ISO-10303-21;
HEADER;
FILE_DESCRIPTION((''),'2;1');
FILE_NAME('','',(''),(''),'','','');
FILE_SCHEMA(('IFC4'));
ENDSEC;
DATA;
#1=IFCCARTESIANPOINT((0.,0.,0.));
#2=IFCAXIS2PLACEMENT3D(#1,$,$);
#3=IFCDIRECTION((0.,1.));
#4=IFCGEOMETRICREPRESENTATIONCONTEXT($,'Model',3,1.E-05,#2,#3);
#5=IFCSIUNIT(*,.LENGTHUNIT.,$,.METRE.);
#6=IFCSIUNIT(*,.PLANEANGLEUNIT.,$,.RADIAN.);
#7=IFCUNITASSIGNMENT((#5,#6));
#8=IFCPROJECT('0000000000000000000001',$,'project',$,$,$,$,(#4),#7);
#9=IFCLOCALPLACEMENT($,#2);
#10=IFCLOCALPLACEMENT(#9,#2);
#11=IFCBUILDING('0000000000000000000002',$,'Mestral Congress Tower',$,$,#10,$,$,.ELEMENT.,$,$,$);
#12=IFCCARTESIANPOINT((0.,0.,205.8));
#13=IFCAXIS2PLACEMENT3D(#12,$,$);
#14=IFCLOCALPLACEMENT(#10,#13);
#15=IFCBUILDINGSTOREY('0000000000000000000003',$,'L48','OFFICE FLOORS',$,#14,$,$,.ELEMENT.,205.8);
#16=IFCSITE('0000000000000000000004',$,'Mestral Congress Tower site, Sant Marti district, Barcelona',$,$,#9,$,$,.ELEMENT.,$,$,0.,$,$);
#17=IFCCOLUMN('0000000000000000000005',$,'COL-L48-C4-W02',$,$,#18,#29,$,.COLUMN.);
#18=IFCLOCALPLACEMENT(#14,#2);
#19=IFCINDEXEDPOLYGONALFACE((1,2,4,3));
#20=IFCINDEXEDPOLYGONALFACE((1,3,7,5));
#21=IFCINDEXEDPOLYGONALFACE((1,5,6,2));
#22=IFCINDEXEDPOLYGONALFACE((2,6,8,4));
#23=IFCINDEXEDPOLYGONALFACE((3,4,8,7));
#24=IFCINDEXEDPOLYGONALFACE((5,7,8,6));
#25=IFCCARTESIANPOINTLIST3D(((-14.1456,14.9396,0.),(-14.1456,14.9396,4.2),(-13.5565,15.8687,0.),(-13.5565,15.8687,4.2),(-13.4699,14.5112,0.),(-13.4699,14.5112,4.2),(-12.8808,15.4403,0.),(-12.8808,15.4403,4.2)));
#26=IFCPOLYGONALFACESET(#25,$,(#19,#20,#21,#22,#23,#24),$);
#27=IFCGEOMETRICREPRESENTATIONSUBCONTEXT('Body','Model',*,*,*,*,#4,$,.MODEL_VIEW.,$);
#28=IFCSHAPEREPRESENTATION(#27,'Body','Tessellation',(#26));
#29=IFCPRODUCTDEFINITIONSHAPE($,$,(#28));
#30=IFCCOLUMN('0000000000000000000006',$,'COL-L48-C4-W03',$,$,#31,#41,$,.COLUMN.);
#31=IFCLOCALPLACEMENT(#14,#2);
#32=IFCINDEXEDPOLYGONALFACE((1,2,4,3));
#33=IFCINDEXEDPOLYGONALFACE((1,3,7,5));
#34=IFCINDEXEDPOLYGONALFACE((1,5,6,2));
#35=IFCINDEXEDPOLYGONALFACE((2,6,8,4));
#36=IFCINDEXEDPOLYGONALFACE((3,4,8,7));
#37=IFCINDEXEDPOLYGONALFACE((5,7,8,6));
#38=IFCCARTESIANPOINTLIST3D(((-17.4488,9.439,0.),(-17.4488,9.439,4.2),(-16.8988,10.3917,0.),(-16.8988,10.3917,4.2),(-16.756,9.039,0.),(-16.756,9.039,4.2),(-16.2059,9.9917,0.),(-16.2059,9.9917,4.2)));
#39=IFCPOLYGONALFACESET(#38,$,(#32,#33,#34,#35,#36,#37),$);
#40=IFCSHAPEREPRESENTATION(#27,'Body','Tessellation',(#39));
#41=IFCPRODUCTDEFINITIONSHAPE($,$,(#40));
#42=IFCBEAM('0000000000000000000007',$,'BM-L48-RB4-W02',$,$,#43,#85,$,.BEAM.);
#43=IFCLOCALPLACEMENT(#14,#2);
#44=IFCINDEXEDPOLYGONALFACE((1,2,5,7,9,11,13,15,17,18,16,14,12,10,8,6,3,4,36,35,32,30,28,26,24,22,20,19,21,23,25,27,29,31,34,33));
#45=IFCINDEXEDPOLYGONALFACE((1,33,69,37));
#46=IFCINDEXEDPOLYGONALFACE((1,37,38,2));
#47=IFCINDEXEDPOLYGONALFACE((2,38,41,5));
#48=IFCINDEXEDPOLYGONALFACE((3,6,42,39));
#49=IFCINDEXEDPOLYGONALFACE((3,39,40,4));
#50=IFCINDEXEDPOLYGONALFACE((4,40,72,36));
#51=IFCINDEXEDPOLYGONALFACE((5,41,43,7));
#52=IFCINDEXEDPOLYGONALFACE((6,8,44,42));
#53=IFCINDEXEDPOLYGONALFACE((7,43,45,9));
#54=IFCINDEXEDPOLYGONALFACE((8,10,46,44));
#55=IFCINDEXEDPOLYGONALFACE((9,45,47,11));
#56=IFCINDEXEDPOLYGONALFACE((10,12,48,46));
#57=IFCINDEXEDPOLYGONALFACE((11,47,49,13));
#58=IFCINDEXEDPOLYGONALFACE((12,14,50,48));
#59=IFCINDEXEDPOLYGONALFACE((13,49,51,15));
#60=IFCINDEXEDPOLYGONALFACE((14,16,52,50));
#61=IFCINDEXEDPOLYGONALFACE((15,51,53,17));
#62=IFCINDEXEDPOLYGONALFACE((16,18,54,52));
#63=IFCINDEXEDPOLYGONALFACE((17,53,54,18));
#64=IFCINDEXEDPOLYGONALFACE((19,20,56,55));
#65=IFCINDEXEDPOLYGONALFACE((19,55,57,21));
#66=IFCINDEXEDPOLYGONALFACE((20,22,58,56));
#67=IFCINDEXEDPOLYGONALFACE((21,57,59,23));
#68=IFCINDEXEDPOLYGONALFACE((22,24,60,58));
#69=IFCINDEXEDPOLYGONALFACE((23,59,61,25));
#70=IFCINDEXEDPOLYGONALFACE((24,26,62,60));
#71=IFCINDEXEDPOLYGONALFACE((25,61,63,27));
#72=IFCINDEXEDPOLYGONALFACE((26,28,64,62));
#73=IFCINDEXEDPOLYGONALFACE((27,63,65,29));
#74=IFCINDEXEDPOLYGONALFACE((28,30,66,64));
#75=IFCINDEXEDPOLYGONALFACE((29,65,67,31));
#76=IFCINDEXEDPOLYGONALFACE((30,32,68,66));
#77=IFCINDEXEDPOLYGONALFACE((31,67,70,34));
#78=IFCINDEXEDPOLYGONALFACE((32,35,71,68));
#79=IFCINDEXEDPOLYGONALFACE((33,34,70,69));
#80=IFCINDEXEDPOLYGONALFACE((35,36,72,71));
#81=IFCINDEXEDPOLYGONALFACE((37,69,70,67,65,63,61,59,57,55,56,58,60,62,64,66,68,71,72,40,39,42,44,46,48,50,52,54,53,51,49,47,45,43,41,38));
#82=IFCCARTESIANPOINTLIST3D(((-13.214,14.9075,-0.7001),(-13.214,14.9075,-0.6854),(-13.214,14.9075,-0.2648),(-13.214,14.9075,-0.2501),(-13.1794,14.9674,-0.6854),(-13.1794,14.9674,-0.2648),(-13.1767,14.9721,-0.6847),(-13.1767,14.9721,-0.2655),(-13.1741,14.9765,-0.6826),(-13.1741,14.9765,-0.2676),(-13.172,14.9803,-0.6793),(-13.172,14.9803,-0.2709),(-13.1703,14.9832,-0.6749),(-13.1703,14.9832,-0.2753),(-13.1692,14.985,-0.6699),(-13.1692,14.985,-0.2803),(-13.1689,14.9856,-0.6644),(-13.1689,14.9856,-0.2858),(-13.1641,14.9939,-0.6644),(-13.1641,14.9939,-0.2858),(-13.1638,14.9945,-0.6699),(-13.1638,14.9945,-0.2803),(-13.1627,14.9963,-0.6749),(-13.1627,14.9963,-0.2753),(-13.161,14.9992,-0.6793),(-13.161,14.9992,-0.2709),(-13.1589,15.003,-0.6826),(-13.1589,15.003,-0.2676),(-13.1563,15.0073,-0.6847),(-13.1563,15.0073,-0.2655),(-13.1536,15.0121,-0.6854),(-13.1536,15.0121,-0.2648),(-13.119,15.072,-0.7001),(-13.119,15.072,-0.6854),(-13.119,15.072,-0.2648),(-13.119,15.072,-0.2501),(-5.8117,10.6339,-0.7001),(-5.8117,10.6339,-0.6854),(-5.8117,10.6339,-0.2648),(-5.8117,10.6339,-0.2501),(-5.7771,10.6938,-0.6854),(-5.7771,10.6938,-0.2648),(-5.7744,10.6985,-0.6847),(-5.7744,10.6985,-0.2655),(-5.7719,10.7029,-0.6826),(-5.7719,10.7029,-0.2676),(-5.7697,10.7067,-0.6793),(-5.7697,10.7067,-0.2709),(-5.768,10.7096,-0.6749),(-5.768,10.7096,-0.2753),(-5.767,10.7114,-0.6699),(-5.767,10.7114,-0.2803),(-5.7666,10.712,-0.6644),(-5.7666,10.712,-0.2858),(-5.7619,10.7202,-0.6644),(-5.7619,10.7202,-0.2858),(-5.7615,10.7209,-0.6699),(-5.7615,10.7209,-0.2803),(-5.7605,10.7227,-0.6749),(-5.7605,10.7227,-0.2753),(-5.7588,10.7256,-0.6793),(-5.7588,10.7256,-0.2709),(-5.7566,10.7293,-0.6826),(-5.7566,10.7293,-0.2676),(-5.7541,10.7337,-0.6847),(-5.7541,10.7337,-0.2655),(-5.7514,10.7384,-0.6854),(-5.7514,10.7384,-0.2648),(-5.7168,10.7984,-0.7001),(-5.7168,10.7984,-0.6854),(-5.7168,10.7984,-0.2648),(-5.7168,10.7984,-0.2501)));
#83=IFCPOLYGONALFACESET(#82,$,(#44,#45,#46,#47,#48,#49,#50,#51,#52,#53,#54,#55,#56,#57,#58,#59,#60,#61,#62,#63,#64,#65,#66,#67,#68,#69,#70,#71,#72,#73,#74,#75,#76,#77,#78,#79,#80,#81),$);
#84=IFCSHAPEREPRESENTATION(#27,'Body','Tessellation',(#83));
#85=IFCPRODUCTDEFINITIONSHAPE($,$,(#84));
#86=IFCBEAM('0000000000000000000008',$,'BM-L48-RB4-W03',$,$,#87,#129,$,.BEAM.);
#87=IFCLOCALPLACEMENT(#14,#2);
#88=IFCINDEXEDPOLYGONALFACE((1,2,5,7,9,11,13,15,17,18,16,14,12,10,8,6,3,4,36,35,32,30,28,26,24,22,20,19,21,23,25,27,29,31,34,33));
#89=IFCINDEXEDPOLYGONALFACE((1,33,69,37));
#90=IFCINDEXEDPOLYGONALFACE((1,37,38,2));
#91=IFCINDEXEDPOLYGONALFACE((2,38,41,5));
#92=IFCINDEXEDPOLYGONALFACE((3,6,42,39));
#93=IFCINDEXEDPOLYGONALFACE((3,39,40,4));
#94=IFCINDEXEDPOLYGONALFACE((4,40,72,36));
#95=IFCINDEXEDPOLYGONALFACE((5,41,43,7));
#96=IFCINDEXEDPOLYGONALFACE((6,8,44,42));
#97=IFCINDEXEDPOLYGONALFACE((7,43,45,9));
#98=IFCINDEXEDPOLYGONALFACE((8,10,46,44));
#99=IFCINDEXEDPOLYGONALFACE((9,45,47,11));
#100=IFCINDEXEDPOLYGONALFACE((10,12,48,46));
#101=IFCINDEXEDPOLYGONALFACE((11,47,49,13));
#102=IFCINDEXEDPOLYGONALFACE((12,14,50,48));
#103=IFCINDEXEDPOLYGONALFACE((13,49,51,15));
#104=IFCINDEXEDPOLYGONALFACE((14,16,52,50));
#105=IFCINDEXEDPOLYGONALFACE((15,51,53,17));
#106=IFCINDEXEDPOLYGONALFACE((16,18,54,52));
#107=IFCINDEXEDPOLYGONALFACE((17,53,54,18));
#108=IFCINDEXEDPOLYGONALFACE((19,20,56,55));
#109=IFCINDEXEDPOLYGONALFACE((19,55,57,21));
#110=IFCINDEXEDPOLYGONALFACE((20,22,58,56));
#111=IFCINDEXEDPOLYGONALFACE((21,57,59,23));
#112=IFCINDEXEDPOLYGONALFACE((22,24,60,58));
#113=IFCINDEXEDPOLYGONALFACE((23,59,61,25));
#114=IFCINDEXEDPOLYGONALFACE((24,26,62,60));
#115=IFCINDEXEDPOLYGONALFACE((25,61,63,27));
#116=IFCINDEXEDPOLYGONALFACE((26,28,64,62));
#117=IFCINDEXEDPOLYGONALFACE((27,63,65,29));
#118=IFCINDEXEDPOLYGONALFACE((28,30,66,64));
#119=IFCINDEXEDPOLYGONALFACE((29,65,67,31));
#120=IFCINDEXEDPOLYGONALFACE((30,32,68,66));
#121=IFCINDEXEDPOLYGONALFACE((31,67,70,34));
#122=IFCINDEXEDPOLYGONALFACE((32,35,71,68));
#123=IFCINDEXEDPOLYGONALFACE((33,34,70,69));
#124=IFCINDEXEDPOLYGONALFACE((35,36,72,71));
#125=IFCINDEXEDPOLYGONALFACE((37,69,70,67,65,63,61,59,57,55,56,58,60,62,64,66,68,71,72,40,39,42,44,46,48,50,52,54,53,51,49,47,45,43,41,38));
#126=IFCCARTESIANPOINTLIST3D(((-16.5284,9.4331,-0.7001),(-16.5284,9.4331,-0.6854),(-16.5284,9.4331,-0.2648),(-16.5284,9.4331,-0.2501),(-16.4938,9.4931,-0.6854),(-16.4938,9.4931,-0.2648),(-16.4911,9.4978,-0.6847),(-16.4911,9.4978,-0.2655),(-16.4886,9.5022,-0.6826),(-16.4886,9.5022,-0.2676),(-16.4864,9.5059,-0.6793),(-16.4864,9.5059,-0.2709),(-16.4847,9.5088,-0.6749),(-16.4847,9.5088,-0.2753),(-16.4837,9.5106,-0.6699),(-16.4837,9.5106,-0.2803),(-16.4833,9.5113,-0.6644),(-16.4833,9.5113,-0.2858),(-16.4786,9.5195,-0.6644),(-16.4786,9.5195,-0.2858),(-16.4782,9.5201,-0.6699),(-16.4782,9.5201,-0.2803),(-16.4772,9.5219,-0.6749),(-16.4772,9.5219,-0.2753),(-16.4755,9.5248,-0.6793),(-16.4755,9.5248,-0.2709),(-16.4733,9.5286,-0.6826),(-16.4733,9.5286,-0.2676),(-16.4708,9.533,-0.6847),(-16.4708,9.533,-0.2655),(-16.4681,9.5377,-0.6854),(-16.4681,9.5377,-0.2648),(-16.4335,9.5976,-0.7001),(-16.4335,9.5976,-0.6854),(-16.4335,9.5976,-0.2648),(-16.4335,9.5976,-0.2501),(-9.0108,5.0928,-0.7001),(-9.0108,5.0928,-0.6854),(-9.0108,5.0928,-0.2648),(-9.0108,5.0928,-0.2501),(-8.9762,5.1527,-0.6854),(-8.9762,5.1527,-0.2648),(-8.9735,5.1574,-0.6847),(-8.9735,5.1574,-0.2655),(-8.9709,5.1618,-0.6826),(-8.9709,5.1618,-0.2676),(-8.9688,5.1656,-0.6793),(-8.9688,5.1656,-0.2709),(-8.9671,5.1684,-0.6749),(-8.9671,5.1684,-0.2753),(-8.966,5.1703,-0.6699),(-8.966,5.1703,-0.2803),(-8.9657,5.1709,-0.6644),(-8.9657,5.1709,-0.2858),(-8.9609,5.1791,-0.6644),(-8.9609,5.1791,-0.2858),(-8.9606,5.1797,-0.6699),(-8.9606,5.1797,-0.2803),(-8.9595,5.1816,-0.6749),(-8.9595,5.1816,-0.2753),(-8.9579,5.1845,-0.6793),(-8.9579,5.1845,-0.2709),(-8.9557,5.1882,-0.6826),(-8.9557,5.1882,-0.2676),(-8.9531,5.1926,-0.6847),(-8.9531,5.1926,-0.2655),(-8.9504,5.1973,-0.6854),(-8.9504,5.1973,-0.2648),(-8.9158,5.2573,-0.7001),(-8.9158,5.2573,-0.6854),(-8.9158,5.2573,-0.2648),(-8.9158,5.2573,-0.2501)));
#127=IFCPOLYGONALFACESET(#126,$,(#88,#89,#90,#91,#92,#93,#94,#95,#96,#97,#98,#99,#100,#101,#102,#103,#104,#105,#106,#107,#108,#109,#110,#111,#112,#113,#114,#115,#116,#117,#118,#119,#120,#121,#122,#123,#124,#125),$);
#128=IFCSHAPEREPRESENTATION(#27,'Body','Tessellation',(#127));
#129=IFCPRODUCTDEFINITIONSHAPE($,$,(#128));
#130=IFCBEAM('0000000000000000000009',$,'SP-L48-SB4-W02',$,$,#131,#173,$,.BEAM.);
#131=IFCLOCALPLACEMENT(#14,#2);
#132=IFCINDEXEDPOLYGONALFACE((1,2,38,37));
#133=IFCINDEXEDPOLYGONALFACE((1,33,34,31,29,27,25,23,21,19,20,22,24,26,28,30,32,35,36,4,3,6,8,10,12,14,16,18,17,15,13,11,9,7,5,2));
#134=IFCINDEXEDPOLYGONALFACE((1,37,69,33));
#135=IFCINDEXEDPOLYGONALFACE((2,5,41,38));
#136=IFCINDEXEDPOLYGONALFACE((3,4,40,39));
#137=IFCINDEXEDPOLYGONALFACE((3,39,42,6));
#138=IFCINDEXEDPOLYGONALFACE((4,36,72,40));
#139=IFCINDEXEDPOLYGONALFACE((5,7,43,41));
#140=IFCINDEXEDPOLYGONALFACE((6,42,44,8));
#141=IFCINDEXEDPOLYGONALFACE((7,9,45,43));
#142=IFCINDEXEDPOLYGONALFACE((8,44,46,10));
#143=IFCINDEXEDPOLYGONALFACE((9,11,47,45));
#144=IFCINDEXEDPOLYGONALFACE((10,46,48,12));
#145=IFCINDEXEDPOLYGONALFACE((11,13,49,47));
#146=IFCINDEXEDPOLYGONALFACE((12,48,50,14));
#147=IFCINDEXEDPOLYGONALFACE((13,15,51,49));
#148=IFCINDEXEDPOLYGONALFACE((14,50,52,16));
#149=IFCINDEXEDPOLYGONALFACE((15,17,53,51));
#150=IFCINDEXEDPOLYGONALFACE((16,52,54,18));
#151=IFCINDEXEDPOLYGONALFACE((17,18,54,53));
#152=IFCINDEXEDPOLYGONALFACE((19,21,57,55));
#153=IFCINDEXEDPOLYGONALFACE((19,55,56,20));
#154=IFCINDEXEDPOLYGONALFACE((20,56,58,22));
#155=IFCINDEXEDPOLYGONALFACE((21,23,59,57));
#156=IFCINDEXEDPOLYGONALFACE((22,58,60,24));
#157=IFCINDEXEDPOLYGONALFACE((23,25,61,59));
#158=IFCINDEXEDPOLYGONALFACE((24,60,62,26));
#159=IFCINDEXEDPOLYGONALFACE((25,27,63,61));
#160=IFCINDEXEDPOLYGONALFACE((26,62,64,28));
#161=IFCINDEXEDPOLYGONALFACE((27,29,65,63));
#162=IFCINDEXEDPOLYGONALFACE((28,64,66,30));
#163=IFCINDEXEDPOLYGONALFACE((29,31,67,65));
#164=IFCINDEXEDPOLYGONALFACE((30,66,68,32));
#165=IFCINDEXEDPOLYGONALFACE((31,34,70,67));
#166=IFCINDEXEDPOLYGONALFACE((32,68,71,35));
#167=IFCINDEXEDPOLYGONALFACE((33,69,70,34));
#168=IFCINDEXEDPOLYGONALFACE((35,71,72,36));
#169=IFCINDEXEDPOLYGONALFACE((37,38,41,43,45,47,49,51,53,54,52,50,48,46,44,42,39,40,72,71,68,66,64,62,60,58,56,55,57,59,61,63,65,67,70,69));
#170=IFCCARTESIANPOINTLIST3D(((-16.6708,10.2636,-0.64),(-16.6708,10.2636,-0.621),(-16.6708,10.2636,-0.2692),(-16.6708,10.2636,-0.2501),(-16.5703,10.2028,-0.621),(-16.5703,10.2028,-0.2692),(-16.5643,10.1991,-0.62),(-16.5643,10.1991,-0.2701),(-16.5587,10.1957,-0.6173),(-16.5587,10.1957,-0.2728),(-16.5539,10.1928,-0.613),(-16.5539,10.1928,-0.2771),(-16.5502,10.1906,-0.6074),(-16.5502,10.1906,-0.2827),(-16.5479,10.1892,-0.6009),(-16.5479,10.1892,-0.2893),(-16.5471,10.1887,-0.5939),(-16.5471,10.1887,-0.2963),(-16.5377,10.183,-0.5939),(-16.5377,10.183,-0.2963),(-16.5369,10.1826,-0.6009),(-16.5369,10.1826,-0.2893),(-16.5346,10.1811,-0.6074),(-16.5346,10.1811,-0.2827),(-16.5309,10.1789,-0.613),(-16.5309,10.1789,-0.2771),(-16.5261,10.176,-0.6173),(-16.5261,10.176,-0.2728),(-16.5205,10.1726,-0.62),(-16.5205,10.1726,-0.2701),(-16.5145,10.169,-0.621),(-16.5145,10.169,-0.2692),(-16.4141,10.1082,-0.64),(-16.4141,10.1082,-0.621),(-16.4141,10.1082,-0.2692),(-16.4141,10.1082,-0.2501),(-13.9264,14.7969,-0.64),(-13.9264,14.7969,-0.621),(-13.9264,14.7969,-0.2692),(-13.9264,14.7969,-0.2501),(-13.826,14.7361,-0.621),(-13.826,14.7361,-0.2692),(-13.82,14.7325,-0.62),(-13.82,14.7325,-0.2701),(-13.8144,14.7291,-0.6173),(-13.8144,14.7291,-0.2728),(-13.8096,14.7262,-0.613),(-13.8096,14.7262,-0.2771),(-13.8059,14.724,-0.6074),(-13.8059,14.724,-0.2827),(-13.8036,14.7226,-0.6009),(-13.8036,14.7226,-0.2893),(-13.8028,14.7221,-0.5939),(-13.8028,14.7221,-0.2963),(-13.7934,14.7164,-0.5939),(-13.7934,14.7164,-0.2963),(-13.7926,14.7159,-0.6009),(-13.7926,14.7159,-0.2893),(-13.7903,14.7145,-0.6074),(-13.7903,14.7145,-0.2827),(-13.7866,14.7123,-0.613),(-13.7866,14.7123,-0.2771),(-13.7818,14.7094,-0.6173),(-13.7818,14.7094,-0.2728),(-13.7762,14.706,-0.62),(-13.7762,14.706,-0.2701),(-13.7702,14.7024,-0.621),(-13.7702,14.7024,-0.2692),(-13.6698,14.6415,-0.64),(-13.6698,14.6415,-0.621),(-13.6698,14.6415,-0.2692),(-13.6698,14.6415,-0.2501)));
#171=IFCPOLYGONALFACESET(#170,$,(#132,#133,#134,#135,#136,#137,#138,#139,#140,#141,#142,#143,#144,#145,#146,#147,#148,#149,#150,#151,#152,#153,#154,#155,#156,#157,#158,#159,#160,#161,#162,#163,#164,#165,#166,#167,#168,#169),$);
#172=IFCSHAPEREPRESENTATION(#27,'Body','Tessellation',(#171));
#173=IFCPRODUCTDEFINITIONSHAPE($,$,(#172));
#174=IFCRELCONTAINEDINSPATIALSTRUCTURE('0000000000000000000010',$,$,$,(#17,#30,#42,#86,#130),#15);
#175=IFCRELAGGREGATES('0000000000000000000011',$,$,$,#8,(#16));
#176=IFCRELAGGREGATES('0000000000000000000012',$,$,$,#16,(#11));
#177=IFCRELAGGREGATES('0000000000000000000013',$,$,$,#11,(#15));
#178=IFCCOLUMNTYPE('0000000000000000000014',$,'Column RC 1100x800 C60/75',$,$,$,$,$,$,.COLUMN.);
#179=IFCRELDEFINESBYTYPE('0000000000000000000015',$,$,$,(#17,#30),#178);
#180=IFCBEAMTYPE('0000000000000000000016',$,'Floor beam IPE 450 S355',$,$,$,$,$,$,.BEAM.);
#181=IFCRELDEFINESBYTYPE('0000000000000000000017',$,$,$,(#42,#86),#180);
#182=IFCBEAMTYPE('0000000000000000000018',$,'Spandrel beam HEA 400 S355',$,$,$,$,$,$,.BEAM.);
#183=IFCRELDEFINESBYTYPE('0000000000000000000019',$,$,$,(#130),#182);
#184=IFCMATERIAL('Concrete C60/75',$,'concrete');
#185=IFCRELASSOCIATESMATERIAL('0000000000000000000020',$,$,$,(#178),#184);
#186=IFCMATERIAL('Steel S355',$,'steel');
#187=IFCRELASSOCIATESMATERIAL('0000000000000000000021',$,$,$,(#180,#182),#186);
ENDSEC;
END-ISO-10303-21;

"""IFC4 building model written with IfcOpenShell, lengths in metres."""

from ifc_helpers import new_model, si_unit, direction, frame, origin, origin_2d, place, context, subcontext, project, spatial, rectangle, i_section, extrude, material, material_profile, profile_set, type_object, element, save


model = new_model("IFC4")

# Units and contexts
model_context = context("Model", 3, precision=1e-05, world=origin(), true_north=direction((0.0, 1.0)))
body_context = subcontext(model_context, "Body", "Model", "MODEL_VIEW")
ifc_project = project(units=[si_unit("LENGTHUNIT", "METRE"), si_unit("PLANEANGLEUNIT", "RADIAN")], contexts=[model_context])

# Site, building, storey
site_placement = place(None, origin())
site = spatial("IfcSite", under=ifc_project, at=site_placement, Name="Mestral Congress Tower site, Sant Marti district, Barcelona", CompositionType="ELEMENT", RefElevation=0.0)
building_placement = place(site_placement, origin())
building = spatial("IfcBuilding", under=site, at=building_placement, Name="Mestral Congress Tower", CompositionType="ELEMENT")
storey_placement = place(building_placement, frame((0.0, 0.0, 205.8)))
storey = spatial("IfcBuildingStorey", under=building, at=storey_placement, Name="L48", Description="OFFICE FLOORS", CompositionType="ELEMENT", Elevation=205.8)

# Columns
ifc_material_1 = material(Name="Concrete C60/75", Category="concrete")
ifc_material_profile_1 = material_profile(ifc_material_1, rectangle(XDim=1.1001, YDim=0.8, at=origin_2d()), Name="RC 1100x800")
ifc_profile_set_1 = profile_set([ifc_material_profile_1], Name="Concrete C60/75")
column_type = type_object("IfcColumnType", Name="Column RC 1100x800 C60/75", PredefinedType="COLUMN", material=ifc_profile_set_1)
for number, where, z_axis, x_axis, name in (
    (1, (-13.5132, 15.1899, 0.0), (0.0, 0.0, 1.0), (-0.535503, -0.844534, 0.0), "COL-L48-C4-W02"),
    (2, (-16.8274, 9.7153, 0.0), (0.0, 0.0, 1.0), (-0.5, -0.866025, 0.0), "COL-L48-C4-W03"),
):
    element("IfcColumn", number, at=place(storey_placement, frame(where, z_axis=z_axis, x_axis=x_axis)), inside=storey, type_object=column_type, Name=name, PredefinedType="COLUMN", context=body_context, shape_type="SweptSolid", body=[
        extrude(rectangle(XDim=1.1001, YDim=0.8, at=origin_2d()), origin(), (0.0, 0.0, 1.0), 4.2),
    ])

# Beams
ifc_material_2 = material(Name="Steel S355", Category="steel")
ifc_material_profile_2 = material_profile(ifc_material_2, i_section(OverallWidth=0.1899, OverallDepth=0.45, WebThickness=0.0095, FlangeThickness=0.0146, FilletRadius=0.021, at=origin_2d()), Name="IPE 450")
ifc_profile_set_2 = profile_set([ifc_material_profile_2], Name="Steel S355")
beam_type_1 = type_object("IfcBeamType", Name="Floor beam IPE 450 S355", PredefinedType="BEAM", material=ifc_profile_set_2)
beam_1_placement = place(storey_placement, frame((-13.1665, 14.9897, -0.4751), z_axis=(0.866029, -0.499994, 0.0), x_axis=(0.499994, 0.866029, 0.0)))
element("IfcBeam", 3, at=beam_1_placement, inside=storey, type_object=beam_type_1, Name="BM-L48-RB4-W02", PredefinedType="BEAM", context=body_context, shape_type="SweptSolid", body=[
    extrude(i_section(OverallWidth=0.1899, OverallDepth=0.45, WebThickness=0.0095, FlangeThickness=0.0146, FilletRadius=0.021, at=origin_2d()), origin(), (0.0, 0.0, 1.0), 8.5474),
])
beam_2_placement = place(storey_placement, frame((-16.481, 9.5154, -0.4751), z_axis=(0.866023, -0.500005, 0.0), x_axis=(0.500005, 0.866023, 0.0)))
element("IfcBeam", 4, at=beam_2_placement, inside=storey, type_object=beam_type_1, Name="BM-L48-RB4-W03", PredefinedType="BEAM", context=body_context, shape_type="SweptSolid", body=[
    extrude(i_section(OverallWidth=0.1899, OverallDepth=0.45, WebThickness=0.0095, FlangeThickness=0.0146, FilletRadius=0.021, at=origin_2d()), origin(), (0.0, 0.0, 1.0), 8.6807),
])
ifc_material_profile_3 = material_profile(ifc_material_2, i_section(OverallWidth=0.3, OverallDepth=0.3899, WebThickness=0.011, FlangeThickness=0.019, FilletRadius=0.0271, at=origin_2d()), Name="HEA 400")
ifc_profile_set_3 = profile_set([ifc_material_profile_3], Name="Steel S355")
beam_type_2 = type_object("IfcBeamType", Name="Spandrel beam HEA 400 S355", PredefinedType="BEAM", material=ifc_profile_set_3)
beam_3_placement = place(storey_placement, frame((-13.7981, 14.7192, -0.4451), z_axis=(-0.517866, -0.855462, 0.0), x_axis=(0.855462, -0.517866, 0.0)))
element("IfcBeam", 5, at=beam_3_placement, inside=storey, type_object=beam_type_2, Name="SP-L48-SB4-W02", PredefinedType="BEAM", context=body_context, shape_type="SweptSolid", body=[
    extrude(i_section(OverallWidth=0.3, OverallDepth=0.3899, WebThickness=0.011, FlangeThickness=0.019, FilletRadius=0.0271, at=origin_2d()), origin(), (0.0, 0.0, 1.0), 5.2993),
])

save(model, "model.ifc")
